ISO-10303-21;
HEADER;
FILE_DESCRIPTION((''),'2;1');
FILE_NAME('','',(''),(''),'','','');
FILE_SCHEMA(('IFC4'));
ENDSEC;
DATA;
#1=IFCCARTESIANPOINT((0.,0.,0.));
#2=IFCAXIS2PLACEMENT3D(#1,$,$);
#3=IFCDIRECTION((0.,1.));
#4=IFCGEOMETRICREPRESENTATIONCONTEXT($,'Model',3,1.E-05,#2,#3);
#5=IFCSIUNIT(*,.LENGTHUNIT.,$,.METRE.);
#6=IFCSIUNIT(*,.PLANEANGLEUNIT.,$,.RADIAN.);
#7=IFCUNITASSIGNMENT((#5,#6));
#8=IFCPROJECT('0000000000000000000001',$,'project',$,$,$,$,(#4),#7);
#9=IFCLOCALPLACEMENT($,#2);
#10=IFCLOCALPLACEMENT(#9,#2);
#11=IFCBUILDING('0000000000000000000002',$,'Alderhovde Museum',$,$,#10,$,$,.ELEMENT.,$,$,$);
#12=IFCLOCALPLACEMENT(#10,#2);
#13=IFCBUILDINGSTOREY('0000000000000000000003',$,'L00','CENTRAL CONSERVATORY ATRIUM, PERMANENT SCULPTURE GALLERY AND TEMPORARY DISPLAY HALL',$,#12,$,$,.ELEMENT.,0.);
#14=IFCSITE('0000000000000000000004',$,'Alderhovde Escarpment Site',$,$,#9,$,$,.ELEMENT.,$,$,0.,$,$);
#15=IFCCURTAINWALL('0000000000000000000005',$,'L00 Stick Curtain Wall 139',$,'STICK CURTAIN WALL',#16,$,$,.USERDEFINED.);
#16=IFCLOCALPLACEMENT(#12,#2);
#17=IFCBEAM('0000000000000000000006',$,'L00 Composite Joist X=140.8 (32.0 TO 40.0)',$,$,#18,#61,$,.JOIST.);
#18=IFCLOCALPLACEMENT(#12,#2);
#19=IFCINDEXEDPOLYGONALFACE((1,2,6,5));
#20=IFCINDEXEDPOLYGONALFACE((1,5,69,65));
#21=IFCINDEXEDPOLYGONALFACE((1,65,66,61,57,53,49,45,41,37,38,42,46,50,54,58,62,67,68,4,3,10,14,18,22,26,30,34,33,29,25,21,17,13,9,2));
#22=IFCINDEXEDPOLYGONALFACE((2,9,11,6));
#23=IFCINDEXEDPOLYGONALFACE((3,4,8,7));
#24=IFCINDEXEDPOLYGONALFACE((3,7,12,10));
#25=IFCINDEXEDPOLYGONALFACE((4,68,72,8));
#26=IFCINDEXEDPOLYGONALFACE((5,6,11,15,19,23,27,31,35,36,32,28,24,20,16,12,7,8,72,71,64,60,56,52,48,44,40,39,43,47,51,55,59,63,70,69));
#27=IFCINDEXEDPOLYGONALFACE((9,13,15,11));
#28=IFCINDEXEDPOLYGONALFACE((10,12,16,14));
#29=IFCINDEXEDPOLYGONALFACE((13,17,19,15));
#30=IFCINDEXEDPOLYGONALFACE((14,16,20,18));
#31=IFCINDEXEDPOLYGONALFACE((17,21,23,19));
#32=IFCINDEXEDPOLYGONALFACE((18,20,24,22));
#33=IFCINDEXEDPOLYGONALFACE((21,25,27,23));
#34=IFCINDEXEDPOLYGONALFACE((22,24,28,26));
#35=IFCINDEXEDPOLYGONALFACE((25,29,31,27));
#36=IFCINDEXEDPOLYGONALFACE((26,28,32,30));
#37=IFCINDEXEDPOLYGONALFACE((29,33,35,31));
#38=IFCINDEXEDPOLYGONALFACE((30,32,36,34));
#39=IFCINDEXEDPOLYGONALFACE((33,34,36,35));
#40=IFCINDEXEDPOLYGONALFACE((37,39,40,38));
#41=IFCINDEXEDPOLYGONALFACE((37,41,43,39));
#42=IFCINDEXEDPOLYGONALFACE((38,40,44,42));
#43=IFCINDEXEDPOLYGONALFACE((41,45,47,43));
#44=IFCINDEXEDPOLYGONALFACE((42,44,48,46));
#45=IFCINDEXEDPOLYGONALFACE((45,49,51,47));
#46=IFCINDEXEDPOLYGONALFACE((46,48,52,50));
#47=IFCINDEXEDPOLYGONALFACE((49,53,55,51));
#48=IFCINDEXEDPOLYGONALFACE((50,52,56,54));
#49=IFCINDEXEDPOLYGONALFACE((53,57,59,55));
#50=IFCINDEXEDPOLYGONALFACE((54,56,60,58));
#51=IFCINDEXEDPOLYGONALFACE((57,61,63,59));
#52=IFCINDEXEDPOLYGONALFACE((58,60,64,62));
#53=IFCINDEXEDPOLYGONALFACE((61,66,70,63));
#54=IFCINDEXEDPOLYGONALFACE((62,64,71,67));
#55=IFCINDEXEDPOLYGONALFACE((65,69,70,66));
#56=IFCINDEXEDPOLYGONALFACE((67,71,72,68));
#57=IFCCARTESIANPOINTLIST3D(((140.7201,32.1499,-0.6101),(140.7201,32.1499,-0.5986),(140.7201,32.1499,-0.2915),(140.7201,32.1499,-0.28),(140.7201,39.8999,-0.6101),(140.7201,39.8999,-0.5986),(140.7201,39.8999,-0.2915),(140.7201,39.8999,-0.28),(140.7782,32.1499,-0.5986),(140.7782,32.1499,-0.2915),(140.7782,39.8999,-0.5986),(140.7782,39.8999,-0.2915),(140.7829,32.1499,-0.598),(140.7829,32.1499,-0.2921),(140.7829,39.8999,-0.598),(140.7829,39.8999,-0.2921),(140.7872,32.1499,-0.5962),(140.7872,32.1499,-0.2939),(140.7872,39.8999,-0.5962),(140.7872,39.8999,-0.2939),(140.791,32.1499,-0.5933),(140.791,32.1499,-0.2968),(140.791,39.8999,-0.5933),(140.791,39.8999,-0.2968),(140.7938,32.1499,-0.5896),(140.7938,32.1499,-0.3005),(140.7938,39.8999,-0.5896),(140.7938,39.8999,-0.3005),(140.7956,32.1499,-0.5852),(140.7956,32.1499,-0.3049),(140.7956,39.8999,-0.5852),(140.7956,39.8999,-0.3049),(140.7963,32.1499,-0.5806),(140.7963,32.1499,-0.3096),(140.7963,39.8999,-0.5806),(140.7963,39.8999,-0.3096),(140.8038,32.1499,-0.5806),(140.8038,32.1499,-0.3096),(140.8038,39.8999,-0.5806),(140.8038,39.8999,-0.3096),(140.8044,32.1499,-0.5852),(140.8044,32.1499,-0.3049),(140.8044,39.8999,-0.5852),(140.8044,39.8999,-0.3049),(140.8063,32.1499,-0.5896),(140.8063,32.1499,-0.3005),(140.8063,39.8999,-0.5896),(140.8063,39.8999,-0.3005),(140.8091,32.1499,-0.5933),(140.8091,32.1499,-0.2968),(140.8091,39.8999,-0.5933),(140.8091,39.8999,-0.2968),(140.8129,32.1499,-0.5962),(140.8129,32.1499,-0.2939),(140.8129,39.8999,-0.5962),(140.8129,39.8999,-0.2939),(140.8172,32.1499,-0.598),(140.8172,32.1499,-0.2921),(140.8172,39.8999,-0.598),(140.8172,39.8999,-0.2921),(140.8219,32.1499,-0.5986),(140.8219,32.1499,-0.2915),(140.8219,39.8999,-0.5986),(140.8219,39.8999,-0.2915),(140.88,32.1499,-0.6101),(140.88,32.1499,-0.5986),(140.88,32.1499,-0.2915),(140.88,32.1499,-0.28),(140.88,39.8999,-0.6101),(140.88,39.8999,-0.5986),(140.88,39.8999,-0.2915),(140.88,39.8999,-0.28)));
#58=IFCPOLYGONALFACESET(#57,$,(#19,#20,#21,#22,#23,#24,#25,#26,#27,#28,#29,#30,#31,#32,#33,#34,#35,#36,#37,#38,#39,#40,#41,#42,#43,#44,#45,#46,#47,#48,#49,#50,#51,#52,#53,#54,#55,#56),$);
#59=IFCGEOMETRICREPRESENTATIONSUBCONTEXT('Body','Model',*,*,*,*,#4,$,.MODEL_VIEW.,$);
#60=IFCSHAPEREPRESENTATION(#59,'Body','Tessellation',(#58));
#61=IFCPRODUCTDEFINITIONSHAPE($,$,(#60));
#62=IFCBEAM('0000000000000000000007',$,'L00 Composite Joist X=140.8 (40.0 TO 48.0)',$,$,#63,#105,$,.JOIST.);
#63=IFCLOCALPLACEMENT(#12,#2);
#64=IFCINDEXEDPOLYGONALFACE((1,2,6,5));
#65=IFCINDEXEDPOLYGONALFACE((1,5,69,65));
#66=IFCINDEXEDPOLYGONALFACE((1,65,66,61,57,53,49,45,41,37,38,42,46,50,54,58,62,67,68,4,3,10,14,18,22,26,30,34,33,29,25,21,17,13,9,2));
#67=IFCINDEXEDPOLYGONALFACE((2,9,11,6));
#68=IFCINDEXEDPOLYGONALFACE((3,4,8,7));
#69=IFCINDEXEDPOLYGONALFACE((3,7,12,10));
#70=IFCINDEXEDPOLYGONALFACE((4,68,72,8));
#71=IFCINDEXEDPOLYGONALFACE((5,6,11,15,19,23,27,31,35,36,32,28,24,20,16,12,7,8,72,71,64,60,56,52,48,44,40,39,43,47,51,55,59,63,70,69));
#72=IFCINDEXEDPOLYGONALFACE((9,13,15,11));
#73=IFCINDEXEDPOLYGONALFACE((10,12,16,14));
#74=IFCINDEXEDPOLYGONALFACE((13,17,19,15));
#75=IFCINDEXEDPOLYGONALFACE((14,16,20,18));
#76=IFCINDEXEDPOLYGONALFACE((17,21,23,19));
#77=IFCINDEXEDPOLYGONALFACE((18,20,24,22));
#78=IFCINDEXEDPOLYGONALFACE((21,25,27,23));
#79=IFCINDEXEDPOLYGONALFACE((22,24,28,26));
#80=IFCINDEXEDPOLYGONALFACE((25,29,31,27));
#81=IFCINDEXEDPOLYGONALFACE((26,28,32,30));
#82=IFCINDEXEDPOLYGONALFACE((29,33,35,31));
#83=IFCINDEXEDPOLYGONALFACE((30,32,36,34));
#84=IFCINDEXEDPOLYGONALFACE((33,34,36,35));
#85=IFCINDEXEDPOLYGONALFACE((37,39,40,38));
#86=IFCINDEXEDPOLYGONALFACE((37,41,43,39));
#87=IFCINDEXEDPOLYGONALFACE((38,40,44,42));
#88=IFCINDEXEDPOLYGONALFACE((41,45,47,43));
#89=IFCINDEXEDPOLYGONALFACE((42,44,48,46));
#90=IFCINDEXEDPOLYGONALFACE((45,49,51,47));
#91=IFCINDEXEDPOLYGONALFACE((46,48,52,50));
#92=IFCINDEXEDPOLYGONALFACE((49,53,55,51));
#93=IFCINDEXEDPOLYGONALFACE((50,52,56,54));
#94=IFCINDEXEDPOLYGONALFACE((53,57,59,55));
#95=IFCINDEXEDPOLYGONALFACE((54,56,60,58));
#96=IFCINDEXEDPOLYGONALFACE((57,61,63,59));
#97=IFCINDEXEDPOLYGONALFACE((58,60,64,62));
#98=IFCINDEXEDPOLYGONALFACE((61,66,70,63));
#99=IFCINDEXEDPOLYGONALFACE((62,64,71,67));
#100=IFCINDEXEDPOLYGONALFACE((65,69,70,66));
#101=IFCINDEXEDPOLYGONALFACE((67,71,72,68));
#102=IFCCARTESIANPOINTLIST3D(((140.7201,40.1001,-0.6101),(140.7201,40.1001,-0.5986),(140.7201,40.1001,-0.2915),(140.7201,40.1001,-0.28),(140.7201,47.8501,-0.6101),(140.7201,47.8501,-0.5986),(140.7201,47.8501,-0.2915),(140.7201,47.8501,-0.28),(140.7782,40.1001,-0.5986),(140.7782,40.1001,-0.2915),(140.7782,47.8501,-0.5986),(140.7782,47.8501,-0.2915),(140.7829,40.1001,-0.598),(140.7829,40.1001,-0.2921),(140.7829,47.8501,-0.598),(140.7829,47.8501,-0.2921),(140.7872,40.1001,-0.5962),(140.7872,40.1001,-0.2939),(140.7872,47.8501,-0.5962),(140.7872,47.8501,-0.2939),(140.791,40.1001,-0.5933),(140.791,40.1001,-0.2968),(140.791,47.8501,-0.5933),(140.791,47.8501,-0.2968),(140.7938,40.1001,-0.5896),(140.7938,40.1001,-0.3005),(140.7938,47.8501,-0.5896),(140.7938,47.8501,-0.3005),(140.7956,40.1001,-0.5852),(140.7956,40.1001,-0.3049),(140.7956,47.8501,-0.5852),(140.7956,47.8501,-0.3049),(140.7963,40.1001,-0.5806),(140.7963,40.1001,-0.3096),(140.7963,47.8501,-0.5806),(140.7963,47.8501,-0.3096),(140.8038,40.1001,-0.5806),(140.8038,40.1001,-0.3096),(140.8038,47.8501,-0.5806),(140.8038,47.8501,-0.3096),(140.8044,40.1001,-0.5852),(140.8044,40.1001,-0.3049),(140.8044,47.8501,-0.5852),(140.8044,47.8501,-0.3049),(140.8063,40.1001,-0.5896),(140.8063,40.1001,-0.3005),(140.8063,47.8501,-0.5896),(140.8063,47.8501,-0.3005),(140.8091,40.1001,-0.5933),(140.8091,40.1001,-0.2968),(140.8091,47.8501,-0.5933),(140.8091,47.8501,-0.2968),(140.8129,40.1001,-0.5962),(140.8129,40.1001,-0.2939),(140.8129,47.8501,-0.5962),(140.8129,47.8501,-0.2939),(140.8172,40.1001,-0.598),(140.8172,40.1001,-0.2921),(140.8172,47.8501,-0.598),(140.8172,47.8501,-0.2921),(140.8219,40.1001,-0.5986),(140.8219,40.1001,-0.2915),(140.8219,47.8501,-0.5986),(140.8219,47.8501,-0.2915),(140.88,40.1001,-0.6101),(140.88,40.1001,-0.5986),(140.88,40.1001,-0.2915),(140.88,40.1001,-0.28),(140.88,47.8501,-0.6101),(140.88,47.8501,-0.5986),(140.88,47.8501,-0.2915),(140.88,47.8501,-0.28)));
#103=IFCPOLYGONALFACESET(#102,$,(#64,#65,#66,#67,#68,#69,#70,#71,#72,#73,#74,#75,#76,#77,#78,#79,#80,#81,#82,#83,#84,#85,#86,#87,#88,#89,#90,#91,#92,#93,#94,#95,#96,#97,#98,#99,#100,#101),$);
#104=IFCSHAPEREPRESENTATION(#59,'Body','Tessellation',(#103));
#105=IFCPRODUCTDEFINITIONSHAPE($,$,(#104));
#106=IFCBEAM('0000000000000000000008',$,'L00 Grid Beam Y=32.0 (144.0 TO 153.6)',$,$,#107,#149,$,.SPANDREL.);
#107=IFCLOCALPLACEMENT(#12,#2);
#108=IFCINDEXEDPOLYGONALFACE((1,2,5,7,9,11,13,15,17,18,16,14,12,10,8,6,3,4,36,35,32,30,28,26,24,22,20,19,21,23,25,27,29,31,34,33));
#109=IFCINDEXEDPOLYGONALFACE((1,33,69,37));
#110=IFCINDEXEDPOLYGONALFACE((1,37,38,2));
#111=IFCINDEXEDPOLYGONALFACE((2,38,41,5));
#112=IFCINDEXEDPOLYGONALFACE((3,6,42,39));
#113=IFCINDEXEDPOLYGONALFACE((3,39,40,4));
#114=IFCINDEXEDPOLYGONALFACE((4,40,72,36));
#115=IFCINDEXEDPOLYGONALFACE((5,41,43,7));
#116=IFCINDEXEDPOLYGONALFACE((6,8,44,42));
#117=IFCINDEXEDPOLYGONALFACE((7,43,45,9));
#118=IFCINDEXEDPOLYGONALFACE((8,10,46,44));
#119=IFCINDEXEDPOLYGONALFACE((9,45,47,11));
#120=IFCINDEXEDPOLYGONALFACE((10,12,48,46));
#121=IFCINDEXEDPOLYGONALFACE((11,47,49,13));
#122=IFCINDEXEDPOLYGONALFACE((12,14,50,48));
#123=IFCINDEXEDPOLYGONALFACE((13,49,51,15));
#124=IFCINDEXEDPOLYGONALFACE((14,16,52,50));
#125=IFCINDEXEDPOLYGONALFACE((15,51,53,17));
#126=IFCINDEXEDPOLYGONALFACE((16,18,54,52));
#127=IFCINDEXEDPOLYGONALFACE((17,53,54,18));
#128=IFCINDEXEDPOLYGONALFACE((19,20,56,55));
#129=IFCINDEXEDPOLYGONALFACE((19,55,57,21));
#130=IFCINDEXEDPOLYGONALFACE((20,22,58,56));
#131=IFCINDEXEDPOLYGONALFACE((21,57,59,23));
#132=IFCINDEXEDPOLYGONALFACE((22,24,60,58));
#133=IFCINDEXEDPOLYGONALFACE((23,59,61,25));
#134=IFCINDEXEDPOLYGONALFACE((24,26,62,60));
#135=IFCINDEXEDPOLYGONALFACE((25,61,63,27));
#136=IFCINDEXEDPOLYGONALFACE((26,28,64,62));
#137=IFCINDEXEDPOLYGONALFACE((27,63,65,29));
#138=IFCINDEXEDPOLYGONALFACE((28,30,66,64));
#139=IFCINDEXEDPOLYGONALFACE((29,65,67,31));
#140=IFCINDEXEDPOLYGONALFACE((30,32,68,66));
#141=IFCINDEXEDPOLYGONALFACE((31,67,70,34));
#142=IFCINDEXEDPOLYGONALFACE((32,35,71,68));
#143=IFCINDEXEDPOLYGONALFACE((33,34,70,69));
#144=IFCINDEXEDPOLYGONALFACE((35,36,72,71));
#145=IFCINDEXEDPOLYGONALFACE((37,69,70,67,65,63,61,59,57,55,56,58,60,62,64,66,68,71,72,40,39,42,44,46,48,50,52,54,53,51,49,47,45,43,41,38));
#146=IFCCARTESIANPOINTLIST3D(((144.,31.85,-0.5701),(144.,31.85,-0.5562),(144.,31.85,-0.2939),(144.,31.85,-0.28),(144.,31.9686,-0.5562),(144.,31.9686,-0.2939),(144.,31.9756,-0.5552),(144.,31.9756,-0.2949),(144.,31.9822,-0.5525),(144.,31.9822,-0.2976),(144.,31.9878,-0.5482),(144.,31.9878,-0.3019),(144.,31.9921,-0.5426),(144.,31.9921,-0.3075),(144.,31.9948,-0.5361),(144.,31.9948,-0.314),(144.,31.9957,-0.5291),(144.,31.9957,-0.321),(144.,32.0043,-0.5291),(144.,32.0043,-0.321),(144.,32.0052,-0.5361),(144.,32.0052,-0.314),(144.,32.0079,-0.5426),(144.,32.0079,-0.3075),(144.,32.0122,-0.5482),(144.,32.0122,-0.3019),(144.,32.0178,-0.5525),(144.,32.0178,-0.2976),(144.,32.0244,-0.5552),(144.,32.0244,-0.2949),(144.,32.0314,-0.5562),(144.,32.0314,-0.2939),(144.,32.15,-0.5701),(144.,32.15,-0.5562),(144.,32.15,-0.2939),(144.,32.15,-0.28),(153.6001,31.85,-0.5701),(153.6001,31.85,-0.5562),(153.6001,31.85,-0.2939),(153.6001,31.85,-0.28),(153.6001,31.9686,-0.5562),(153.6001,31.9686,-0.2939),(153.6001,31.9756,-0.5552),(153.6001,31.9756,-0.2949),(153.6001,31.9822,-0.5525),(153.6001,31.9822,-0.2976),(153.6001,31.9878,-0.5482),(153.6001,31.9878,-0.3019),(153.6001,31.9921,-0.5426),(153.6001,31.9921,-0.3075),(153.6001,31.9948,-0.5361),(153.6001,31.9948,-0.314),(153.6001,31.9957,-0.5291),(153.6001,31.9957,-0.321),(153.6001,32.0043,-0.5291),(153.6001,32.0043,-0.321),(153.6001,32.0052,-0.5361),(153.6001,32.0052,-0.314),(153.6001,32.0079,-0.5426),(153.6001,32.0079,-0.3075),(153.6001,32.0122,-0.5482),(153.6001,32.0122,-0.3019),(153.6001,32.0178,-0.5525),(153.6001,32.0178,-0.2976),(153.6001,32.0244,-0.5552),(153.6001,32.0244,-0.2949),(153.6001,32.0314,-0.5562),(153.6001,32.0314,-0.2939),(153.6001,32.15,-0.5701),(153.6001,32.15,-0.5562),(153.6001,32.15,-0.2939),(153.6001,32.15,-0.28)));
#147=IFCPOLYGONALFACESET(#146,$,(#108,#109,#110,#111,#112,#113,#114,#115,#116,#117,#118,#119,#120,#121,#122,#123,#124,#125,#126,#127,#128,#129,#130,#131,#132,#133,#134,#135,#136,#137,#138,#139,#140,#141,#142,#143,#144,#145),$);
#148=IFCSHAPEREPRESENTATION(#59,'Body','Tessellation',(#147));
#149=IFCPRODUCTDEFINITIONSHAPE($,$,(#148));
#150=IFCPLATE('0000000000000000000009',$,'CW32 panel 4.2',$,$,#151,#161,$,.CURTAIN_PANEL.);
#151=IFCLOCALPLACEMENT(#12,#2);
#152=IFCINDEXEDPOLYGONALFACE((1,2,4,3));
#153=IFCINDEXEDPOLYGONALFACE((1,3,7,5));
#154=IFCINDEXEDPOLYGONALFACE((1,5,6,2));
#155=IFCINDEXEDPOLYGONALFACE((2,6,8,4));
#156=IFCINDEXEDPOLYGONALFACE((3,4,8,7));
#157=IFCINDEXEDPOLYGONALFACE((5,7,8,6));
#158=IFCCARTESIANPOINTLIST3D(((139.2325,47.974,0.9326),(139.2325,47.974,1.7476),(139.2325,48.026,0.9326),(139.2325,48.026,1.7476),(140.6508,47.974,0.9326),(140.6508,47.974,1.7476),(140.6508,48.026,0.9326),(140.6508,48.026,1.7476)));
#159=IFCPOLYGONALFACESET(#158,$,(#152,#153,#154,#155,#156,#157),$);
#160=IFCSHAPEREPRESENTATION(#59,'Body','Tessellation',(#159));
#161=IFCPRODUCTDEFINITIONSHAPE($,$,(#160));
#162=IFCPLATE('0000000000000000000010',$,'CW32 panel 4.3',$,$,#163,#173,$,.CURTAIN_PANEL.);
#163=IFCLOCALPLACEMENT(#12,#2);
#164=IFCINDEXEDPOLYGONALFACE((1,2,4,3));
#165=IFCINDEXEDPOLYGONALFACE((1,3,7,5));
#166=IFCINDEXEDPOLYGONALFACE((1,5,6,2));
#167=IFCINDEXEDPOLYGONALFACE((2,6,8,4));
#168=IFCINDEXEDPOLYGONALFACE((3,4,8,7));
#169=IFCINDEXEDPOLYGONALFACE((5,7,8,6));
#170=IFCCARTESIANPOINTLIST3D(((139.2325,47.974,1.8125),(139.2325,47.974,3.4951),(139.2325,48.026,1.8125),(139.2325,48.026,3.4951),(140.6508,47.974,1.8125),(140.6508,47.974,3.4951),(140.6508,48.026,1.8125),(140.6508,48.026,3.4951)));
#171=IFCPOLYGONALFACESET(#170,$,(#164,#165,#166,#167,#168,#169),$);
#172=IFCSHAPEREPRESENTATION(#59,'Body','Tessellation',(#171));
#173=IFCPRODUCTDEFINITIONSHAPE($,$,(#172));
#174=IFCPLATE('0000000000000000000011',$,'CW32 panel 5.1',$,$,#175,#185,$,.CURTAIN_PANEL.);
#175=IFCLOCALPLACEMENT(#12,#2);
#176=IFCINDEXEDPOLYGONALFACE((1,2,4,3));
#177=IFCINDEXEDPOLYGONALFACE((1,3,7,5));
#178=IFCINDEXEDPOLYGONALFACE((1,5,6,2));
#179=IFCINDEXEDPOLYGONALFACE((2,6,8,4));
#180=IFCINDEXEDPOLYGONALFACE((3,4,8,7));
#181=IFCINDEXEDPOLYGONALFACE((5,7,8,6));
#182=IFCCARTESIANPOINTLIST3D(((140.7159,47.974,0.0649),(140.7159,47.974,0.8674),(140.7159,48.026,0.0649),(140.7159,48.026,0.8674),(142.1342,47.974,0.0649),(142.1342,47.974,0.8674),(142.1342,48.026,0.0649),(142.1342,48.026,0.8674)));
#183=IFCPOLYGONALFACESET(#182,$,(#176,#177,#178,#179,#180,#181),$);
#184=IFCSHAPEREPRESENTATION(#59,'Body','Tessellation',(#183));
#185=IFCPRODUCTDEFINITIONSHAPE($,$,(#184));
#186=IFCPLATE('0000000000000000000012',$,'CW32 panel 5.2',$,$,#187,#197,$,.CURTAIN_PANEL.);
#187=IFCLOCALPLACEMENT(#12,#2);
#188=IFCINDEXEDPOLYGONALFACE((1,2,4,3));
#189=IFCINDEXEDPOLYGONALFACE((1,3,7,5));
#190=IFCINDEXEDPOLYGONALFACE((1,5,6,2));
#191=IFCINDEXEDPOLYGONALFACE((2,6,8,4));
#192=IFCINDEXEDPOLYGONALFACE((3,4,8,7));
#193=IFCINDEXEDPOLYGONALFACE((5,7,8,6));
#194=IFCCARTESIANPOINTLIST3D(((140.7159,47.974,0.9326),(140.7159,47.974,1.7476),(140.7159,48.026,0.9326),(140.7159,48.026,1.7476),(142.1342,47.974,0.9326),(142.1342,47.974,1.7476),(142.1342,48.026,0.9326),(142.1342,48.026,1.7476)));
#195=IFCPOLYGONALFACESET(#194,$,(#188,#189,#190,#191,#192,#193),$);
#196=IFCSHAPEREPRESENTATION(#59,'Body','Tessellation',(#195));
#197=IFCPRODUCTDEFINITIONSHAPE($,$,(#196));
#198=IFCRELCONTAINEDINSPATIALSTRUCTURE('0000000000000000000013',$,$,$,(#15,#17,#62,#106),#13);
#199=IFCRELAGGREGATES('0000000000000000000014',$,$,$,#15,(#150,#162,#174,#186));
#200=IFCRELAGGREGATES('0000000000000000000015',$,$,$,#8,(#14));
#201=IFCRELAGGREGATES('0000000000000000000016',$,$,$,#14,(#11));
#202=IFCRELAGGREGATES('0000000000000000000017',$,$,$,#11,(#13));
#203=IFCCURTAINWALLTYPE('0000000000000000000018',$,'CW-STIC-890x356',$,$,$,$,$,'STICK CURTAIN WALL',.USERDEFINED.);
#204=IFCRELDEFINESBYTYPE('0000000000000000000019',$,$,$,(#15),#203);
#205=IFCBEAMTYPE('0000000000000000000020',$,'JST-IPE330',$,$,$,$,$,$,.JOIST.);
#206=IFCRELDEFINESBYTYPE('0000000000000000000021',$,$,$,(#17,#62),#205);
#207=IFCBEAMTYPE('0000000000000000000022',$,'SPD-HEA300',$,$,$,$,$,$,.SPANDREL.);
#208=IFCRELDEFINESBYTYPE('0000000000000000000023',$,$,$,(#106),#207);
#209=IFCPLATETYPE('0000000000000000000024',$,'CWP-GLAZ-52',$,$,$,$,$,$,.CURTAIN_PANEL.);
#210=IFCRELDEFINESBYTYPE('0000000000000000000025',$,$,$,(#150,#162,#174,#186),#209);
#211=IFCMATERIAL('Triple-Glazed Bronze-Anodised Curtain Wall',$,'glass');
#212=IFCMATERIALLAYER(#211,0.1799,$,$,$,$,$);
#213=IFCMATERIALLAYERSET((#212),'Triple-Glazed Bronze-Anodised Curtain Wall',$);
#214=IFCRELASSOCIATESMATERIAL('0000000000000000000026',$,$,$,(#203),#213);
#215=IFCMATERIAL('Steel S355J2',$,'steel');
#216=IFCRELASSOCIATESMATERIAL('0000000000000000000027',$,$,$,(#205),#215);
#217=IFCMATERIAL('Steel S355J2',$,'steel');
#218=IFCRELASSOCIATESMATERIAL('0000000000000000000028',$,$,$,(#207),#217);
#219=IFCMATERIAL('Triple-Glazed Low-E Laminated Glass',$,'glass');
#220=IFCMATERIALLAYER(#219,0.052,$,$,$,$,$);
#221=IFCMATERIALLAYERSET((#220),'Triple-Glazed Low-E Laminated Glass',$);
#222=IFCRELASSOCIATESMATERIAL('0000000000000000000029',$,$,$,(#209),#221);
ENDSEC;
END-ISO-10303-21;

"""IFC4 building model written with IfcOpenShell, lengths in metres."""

from ifc_helpers import new_model, si_unit, direction, frame, origin, origin_2d, place, context, subcontext, project, spatial, rectangle, i_section, extrude, material, layer, layer_set, material_profile, profile_set, type_object, element, aggregate, save


model = new_model("IFC4")

# Units and contexts
model_context = context("Model", 3, precision=1e-05, world=origin(), true_north=direction((0.0, 1.0)))
body_context = subcontext(model_context, "Body", "Model", "MODEL_VIEW")
ifc_project = project(units=[si_unit("LENGTHUNIT", "METRE"), si_unit("PLANEANGLEUNIT", "RADIAN")], contexts=[model_context])

# Site, building, storey
site_placement = place(None, origin())
site = spatial("IfcSite", under=ifc_project, at=site_placement, Name="Alderhovde Escarpment Site", CompositionType="ELEMENT", RefElevation=0.0)
building_placement = place(site_placement, origin())
building = spatial("IfcBuilding", under=site, at=building_placement, Name="Alderhovde Museum", CompositionType="ELEMENT")
storey_placement = place(building_placement, origin())
storey = spatial("IfcBuildingStorey", under=building, at=storey_placement, Name="L00", Description="CENTRAL CONSERVATORY ATRIUM, PERMANENT SCULPTURE GALLERY AND TEMPORARY DISPLAY HALL", CompositionType="ELEMENT", Elevation=0.0)

# Curtain wall
ifc_material_1 = material(Name="Triple-Glazed Bronze-Anodised Curtain Wall", Category="glass")
ifc_layer_1 = layer(ifc_material_1, 0.1799)
ifc_layer_set_1 = layer_set([ifc_layer_1], Name="Triple-Glazed Bronze-Anodised Curtain Wall")
curtain_wall_type = type_object("IfcCurtainWallType", Name="CW-STIC-890x356", ElementType="STICK CURTAIN WALL", PredefinedType="USERDEFINED", material=ifc_layer_set_1)
curtain_wall_placement = place(storey_placement, origin())
curtain_wall = element("IfcCurtainWall", 1, at=curtain_wall_placement, inside=storey, type_object=curtain_wall_type, Name="L00 Stick Curtain Wall 139", ObjectType="STICK CURTAIN WALL", PredefinedType="USERDEFINED")

# Beams
ifc_material_2 = material(Name="Steel S355J2", Category="steel")
ifc_material_profile_1 = material_profile(ifc_material_2, i_section(OverallWidth=0.1599, OverallDepth=0.3301, WebThickness=0.0076, FlangeThickness=0.0115, FilletRadius=0.0181, at=origin_2d()), Name="IPE 330")
ifc_profile_set_1 = profile_set([ifc_material_profile_1], Name="Steel S355J2")
beam_type_1 = type_object("IfcBeamType", Name="JST-IPE330", PredefinedType="JOIST", material=ifc_profile_set_1)
for number, where, z_axis, x_axis, name in (
    (2, (140.8, 32.1499, -0.4451), (0.0, 1.0, 0.0), (-1.0, 0.0, 0.0), "L00 Composite Joist X=140.8 (32.0 TO 40.0)"),
    (3, (140.8, 40.1001, -0.4451), (0.0, 1.0, 0.0), (-1.0, 0.0, 0.0), "L00 Composite Joist X=140.8 (40.0 TO 48.0)"),
):
    element("IfcBeam", number, at=place(storey_placement, frame(where, z_axis=z_axis, x_axis=x_axis)), inside=storey, type_object=beam_type_1, Name=name, PredefinedType="JOIST", context=body_context, shape_type="SweptSolid", body=[
        extrude(i_section(OverallWidth=0.1599, OverallDepth=0.3301, WebThickness=0.0076, FlangeThickness=0.0115, FilletRadius=0.0181, at=origin_2d()), origin(), (0.0, 0.0, 1.0), 7.75),
    ])
ifc_material_3 = material(Name="Steel S355J2", Category="steel")
ifc_material_profile_2 = material_profile(ifc_material_3, i_section(OverallWidth=0.3, OverallDepth=0.29, WebThickness=0.0085, FlangeThickness=0.0139, FilletRadius=0.0271, at=origin_2d()), Name="HEA 300")
ifc_profile_set_2 = profile_set([ifc_material_profile_2], Name="Steel S355J2")
beam_type_2 = type_object("IfcBeamType", Name="SPD-HEA300", PredefinedType="SPANDREL", material=ifc_profile_set_2)
beam_placement = place(storey_placement, frame((144.0, 32.0, -0.425), z_axis=(1.0, 0.0, 0.0), x_axis=(0.0, 1.0, 0.0)))
element("IfcBeam", 4, at=beam_placement, inside=storey, type_object=beam_type_2, Name="L00 Grid Beam Y=32.0 (144.0 TO 153.6)", PredefinedType="SPANDREL", context=body_context, shape_type="SweptSolid", body=[
    extrude(i_section(OverallWidth=0.3, OverallDepth=0.29, WebThickness=0.0085, FlangeThickness=0.0139, FilletRadius=0.0271, at=origin_2d()), origin(), (0.0, 0.0, 1.0), 9.6001),
])

# Plates
ifc_material_4 = material(Name="Triple-Glazed Low-E Laminated Glass", Category="glass")
ifc_layer_2 = layer(ifc_material_4, 0.052)
ifc_layer_set_2 = layer_set([ifc_layer_2], Name="Triple-Glazed Low-E Laminated Glass")
plate_type_1 = type_object("IfcPlateType", Name="CWP-GLAZ-52", PredefinedType="CURTAIN_PANEL", material=ifc_layer_set_2)
plate_1_placement = place(storey_placement, frame((139.9417, 48.0, 0.9326), z_axis=(0.0, 0.0, 1.0), x_axis=(1.0, 0.0, 0.0)))
plate_1 = element("IfcPlate", 5, at=plate_1_placement, type_object=plate_type_1, Name="CW32 panel 4.2", PredefinedType="CURTAIN_PANEL", context=body_context, shape_type="SweptSolid", body=[
    extrude(rectangle(XDim=1.4182, YDim=0.052, at=origin_2d()), origin(), (0.0, 0.0, 1.0), 0.8149),
])
plate_2_placement = place(storey_placement, frame((139.9417, 48.0, 1.8125), z_axis=(0.0, 0.0, 1.0), x_axis=(1.0, 0.0, 0.0)))
plate_2 = element("IfcPlate", 6, at=plate_2_placement, type_object=plate_type_1, Name="CW32 panel 4.3", PredefinedType="CURTAIN_PANEL", context=body_context, shape_type="SweptSolid", body=[
    extrude(rectangle(XDim=1.4182, YDim=0.052, at=origin_2d()), origin(), (0.0, 0.0, 1.0), 1.6826),
])
plate_3_placement = place(storey_placement, frame((141.425, 48.0, 0.0649), z_axis=(0.0, 0.0, 1.0), x_axis=(1.0, 0.0, 0.0)))
plate_3 = element("IfcPlate", 7, at=plate_3_placement, type_object=plate_type_1, Name="CW32 panel 5.1", PredefinedType="CURTAIN_PANEL", context=body_context, shape_type="SweptSolid", body=[
    extrude(rectangle(XDim=1.4182, YDim=0.052, at=origin_2d()), origin(), (0.0, 0.0, 1.0), 0.8025),
])
plate_4_placement = place(storey_placement, frame((141.425, 48.0, 0.9326), z_axis=(0.0, 0.0, 1.0), x_axis=(1.0, 0.0, 0.0)))
plate_4 = element("IfcPlate", 8, at=plate_4_placement, type_object=plate_type_1, Name="CW32 panel 5.2", PredefinedType="CURTAIN_PANEL", context=body_context, shape_type="SweptSolid", body=[
    extrude(rectangle(XDim=1.4182, YDim=0.052, at=origin_2d()), origin(), (0.0, 0.0, 1.0), 0.8149),
])
aggregate(curtain_wall, [plate_1, plate_2, plate_3, plate_4])

save(model, "model.ifc")
